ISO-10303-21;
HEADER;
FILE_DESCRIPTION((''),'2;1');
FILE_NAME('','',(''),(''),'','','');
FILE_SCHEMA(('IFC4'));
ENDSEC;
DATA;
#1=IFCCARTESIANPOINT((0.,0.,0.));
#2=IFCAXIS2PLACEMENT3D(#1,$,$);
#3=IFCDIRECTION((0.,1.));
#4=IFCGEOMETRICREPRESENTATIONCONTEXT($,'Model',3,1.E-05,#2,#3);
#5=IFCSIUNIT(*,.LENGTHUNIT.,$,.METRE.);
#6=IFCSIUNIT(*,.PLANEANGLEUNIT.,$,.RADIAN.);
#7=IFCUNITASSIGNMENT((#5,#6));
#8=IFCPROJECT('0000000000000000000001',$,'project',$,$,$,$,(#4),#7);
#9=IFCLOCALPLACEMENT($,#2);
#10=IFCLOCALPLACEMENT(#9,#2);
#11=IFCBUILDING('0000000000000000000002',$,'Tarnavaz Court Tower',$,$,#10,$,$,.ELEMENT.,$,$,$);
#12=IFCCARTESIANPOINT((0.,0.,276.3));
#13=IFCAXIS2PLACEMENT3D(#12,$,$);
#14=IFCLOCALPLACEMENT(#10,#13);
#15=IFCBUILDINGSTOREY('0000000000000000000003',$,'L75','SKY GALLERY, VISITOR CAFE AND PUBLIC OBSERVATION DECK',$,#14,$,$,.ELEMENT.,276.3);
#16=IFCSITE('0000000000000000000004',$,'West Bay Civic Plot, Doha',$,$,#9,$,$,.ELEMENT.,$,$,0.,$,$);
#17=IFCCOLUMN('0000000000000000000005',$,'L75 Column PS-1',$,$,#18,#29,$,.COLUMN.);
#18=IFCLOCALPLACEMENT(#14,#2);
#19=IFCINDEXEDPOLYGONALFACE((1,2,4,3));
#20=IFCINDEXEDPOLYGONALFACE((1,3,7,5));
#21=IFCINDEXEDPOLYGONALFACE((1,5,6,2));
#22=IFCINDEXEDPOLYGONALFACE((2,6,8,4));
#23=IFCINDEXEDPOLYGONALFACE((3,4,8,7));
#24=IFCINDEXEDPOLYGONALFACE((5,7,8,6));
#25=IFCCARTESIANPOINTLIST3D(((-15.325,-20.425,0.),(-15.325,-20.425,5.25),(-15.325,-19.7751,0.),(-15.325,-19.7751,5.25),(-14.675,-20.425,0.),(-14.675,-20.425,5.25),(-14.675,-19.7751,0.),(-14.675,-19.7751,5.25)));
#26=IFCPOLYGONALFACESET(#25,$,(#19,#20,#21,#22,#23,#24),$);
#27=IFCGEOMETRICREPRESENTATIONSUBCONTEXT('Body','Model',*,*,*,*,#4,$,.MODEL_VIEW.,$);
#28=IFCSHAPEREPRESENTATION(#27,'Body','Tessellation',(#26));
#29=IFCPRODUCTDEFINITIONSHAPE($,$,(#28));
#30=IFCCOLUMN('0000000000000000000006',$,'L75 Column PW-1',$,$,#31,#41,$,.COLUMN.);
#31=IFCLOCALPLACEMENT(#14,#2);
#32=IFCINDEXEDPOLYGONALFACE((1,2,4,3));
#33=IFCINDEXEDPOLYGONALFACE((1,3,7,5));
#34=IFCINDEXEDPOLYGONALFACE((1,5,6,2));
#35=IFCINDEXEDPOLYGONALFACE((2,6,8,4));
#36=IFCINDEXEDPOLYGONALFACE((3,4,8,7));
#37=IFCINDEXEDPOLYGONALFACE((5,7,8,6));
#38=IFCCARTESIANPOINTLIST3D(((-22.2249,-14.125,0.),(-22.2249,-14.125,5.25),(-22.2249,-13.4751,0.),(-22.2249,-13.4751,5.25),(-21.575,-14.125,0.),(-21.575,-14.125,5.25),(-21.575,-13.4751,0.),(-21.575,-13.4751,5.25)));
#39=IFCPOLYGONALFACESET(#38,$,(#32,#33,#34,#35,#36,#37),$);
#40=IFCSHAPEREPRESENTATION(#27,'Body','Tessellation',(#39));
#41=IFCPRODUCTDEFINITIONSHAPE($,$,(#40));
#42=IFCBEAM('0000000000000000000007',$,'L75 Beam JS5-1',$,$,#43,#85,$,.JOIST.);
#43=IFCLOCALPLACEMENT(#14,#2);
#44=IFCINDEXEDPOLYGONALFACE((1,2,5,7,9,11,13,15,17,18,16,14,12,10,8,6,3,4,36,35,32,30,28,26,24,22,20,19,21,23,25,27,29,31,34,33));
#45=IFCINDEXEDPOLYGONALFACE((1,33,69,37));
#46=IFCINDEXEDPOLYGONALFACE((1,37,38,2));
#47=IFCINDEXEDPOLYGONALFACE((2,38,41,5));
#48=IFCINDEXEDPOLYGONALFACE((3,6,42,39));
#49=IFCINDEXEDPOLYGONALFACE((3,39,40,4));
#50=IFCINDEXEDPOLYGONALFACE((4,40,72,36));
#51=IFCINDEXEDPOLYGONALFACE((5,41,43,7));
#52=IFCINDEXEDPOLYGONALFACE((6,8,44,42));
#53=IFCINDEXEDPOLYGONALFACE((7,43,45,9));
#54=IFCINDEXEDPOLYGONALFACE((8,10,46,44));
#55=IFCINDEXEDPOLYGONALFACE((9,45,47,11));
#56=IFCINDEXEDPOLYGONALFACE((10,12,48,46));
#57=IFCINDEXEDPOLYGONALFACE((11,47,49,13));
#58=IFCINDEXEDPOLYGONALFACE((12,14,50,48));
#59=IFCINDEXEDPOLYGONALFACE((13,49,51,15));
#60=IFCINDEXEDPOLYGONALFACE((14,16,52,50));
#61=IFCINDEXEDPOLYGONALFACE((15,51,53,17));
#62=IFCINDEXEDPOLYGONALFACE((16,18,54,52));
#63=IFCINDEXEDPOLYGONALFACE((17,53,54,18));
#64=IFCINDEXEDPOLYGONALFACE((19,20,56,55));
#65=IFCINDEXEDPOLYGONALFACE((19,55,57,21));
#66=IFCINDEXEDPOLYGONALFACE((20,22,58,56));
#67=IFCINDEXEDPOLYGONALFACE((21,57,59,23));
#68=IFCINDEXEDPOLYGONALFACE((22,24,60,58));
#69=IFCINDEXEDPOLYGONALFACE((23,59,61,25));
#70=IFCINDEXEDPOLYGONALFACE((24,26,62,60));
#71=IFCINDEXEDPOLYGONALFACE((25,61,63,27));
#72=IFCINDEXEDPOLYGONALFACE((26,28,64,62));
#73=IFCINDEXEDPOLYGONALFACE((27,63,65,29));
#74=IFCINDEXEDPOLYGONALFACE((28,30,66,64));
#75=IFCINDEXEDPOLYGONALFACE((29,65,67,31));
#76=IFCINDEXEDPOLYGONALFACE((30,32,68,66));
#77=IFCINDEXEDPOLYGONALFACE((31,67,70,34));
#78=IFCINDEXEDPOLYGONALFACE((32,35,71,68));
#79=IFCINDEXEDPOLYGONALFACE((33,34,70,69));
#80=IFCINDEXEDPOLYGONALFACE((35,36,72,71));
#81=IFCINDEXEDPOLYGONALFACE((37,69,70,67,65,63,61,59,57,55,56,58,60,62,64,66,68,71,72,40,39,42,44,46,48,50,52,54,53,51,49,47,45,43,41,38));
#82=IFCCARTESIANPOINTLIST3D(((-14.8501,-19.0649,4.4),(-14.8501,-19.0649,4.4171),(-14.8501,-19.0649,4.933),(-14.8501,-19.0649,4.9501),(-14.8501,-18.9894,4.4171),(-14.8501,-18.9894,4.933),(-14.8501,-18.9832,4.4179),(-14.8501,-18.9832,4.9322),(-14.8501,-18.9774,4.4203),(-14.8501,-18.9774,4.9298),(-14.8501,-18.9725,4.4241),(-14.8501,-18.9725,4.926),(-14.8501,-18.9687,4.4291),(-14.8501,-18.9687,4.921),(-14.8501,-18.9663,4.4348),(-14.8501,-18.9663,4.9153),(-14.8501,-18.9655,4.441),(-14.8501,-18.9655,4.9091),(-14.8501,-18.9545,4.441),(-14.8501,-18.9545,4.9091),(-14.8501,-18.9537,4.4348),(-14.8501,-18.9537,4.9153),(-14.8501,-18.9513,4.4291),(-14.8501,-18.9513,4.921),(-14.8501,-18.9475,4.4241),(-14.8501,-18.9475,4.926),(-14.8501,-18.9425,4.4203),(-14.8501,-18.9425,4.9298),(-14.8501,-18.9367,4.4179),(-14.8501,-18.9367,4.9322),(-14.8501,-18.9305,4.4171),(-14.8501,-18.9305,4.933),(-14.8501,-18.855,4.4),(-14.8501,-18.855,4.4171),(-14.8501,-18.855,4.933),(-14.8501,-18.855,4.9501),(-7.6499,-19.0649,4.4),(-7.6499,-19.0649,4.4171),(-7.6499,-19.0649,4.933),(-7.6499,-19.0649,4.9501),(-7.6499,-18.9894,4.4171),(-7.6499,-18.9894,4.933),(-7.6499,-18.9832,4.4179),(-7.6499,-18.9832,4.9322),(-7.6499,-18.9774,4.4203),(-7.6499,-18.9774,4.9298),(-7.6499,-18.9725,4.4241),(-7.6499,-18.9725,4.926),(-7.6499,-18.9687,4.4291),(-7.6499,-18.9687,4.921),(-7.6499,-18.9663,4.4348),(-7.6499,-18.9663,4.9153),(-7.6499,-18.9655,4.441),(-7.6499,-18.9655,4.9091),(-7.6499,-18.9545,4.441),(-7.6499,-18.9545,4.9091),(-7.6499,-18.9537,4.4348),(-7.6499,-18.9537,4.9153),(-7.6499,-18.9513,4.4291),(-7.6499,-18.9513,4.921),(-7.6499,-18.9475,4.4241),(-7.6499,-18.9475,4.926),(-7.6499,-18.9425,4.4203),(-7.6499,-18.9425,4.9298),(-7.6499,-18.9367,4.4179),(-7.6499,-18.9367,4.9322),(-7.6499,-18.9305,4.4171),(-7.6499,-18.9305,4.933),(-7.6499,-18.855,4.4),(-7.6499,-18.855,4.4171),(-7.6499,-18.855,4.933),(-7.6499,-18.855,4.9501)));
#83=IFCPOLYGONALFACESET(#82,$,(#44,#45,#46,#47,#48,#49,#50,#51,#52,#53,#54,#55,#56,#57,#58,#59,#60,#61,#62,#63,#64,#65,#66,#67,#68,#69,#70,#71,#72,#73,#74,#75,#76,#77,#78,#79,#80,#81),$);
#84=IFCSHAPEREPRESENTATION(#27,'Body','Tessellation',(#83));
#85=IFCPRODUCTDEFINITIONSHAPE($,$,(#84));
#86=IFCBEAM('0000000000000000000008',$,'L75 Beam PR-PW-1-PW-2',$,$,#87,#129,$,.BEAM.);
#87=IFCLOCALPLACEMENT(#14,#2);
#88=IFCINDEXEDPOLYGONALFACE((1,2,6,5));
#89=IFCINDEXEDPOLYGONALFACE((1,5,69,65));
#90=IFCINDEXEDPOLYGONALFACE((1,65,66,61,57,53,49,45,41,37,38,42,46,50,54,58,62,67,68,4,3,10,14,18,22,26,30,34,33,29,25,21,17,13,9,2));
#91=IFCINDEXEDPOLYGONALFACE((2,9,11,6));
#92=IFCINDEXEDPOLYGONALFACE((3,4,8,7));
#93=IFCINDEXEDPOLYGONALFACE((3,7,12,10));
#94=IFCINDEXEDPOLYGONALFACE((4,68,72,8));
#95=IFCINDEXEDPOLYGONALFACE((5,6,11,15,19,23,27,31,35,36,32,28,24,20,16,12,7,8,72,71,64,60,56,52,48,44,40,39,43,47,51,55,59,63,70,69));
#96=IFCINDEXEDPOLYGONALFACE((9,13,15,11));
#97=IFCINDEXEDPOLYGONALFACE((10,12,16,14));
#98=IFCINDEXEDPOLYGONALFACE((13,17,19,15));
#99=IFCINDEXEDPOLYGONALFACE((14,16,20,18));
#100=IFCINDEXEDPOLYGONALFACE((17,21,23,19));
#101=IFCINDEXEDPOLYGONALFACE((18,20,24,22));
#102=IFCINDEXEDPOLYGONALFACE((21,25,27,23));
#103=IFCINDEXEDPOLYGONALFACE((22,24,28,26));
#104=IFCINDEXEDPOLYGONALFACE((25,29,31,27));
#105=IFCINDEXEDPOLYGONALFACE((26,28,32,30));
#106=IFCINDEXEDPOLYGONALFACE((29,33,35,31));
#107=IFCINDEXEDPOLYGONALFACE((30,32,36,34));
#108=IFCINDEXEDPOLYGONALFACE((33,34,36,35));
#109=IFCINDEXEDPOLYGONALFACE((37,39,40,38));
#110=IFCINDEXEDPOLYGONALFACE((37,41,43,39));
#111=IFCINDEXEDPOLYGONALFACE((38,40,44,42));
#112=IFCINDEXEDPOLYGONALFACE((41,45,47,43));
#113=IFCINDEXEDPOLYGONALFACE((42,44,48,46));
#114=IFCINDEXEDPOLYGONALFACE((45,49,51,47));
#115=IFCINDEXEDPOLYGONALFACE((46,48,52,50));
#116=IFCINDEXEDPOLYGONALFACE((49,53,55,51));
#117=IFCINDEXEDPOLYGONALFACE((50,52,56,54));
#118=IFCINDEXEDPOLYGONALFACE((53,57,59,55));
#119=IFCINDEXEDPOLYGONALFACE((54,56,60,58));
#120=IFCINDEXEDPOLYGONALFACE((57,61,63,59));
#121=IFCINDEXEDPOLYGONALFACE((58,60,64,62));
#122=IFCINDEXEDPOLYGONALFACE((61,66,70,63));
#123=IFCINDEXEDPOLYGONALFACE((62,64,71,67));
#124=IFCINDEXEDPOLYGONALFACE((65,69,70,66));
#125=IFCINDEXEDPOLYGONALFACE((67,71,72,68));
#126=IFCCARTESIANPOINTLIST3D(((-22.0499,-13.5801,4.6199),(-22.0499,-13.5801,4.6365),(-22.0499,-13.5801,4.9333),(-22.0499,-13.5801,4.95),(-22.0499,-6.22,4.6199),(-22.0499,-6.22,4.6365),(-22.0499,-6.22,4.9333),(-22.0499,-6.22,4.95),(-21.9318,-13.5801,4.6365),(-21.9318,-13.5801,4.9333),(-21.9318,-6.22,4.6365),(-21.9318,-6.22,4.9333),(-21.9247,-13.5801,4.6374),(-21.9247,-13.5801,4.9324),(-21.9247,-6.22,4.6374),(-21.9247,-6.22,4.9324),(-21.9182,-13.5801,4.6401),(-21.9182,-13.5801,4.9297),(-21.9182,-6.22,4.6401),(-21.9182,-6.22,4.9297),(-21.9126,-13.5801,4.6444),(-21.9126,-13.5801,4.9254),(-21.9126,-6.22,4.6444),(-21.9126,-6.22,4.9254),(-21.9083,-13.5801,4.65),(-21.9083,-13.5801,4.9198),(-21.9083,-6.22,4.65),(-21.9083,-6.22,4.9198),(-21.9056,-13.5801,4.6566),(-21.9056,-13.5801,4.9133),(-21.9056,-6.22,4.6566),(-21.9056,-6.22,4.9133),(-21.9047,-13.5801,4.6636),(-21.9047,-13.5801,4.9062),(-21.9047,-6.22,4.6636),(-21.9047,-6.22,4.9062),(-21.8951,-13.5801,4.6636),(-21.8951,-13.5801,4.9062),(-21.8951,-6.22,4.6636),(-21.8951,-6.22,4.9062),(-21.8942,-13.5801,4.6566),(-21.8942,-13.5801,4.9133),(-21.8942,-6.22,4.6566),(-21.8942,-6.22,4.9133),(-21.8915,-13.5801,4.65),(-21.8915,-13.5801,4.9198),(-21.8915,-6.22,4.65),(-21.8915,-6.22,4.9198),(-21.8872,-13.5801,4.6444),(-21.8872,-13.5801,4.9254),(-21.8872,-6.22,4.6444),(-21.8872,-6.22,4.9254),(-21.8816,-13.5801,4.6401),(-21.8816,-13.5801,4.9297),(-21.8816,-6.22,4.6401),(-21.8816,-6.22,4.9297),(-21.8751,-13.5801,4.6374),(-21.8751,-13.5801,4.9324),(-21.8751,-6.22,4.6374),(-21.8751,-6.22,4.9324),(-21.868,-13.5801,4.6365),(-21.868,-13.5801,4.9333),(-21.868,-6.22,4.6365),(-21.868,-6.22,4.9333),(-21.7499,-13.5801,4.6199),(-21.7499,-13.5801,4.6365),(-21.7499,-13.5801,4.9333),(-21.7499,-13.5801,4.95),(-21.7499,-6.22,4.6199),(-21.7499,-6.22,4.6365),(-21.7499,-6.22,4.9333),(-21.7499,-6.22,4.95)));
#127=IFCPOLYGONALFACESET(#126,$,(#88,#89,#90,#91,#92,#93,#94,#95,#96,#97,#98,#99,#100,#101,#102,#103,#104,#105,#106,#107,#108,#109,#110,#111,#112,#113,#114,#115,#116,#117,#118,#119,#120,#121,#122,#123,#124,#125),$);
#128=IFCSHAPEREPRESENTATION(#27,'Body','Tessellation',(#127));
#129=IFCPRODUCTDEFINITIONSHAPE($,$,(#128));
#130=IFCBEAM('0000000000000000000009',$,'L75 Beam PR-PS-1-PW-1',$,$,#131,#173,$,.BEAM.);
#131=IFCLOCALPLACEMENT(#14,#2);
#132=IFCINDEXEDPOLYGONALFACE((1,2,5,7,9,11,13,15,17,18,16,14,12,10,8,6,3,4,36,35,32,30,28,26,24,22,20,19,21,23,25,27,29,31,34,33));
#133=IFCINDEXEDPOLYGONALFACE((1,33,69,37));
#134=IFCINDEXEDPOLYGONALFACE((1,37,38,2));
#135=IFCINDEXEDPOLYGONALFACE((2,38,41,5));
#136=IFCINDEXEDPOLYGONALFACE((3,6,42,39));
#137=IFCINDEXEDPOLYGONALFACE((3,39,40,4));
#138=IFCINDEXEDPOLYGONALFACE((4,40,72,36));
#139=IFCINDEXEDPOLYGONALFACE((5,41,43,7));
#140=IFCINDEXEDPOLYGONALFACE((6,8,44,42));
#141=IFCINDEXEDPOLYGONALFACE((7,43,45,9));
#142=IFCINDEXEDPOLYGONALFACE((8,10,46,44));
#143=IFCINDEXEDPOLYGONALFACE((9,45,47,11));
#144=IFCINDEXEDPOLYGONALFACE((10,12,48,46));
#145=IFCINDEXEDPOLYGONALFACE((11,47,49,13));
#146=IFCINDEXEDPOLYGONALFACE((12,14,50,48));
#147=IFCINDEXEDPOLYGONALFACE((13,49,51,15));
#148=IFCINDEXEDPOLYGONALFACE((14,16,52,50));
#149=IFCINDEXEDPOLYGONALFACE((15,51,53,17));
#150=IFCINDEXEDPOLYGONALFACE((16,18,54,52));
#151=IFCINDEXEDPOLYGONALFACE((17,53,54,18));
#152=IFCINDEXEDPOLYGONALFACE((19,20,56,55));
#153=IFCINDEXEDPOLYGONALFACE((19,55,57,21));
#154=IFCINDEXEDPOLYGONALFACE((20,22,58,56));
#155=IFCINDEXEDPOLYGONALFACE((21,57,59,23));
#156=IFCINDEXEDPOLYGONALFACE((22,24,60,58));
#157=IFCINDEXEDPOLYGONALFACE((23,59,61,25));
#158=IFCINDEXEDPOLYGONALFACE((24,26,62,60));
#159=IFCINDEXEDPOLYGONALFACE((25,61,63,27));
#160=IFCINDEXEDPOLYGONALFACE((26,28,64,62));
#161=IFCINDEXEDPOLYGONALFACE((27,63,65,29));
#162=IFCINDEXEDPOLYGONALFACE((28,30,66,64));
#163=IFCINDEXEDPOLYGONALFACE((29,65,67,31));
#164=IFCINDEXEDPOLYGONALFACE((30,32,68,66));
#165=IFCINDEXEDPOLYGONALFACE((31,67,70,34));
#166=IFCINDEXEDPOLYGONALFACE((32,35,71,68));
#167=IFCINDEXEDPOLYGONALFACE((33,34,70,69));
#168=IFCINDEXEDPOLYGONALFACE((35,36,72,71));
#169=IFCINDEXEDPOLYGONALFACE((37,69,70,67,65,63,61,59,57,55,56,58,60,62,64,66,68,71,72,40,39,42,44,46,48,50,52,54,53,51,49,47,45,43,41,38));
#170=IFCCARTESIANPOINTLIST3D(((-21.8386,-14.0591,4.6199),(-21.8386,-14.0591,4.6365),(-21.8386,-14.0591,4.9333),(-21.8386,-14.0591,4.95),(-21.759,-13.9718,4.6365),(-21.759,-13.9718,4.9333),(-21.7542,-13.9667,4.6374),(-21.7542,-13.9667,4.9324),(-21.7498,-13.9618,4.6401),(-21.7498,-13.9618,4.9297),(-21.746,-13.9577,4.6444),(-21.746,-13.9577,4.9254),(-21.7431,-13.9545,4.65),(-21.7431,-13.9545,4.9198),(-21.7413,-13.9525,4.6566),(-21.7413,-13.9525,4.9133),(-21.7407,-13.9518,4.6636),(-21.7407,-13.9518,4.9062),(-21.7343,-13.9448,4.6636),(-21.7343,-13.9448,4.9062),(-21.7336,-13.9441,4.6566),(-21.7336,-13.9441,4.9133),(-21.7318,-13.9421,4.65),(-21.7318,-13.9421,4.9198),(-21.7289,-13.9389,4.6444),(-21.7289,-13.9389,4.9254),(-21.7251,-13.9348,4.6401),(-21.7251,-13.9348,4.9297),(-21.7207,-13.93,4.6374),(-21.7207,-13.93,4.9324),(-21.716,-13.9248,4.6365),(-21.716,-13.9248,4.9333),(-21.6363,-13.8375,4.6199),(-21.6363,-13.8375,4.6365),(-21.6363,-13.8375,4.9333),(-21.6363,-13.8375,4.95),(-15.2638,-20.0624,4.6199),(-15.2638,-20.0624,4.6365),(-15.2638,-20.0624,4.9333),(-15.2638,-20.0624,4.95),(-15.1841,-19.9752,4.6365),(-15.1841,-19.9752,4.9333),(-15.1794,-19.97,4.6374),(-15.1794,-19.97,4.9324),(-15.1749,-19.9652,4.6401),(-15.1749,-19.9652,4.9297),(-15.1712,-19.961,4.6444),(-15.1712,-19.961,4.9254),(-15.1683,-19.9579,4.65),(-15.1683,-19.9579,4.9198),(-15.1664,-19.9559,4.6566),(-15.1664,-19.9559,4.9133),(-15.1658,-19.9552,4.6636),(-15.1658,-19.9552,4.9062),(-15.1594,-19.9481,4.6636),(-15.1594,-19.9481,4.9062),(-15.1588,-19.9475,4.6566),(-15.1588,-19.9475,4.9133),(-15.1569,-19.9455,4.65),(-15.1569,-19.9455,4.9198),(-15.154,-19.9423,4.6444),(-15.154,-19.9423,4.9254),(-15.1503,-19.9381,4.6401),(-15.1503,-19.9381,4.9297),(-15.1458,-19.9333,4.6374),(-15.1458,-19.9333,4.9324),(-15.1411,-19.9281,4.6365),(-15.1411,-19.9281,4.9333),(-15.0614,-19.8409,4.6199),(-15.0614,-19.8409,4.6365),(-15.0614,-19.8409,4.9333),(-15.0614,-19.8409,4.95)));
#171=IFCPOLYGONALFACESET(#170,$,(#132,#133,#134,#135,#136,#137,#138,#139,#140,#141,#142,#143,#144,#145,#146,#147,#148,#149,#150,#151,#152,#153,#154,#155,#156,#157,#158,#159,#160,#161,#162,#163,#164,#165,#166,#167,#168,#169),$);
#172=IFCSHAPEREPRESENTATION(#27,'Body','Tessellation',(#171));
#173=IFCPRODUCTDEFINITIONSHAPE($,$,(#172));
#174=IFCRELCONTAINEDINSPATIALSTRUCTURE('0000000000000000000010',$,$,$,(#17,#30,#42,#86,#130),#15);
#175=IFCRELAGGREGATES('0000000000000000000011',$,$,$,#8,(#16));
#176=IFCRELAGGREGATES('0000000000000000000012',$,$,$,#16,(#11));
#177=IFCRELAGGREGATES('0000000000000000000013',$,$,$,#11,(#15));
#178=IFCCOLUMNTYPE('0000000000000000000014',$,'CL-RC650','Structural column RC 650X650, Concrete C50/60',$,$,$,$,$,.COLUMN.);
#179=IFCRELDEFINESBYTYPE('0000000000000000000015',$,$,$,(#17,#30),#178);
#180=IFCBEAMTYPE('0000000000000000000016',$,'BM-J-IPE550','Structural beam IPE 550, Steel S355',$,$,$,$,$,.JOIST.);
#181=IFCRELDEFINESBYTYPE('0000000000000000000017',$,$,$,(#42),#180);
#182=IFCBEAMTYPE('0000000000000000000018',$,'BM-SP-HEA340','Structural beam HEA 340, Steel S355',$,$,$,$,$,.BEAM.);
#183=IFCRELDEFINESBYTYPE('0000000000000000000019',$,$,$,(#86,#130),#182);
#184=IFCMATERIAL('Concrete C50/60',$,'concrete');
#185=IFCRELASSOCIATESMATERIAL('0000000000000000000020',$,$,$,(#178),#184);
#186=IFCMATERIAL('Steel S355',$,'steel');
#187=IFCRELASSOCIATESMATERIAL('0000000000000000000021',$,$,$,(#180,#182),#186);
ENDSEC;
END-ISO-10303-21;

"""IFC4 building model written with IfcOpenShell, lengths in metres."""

from ifc_helpers import new_model, si_unit, direction, frame, origin, origin_2d, place, context, subcontext, project, spatial, rectangle, i_section, extrude, material, material_profile, profile_set, type_object, element, save


model = new_model("IFC4")

# Units and contexts
model_context = context("Model", 3, precision=1e-05, world=origin(), true_north=direction((0.0, 1.0)))
body_context = subcontext(model_context, "Body", "Model", "MODEL_VIEW")
ifc_project = project(units=[si_unit("LENGTHUNIT", "METRE"), si_unit("PLANEANGLEUNIT", "RADIAN")], contexts=[model_context])

# Site, building, storey
site_placement = place(None, origin())
site = spatial("IfcSite", under=ifc_project, at=site_placement, Name="West Bay Civic Plot, Doha", CompositionType="ELEMENT", RefElevation=0.0)
building_placement = place(site_placement, origin())
building = spatial("IfcBuilding", under=site, at=building_placement, Name="Tarnavaz Court Tower", CompositionType="ELEMENT")
storey_placement = place(building_placement, frame((0.0, 0.0, 276.3)))
storey = spatial("IfcBuildingStorey", under=building, at=storey_placement, Name="L75", Description="SKY GALLERY, VISITOR CAFE AND PUBLIC OBSERVATION DECK", CompositionType="ELEMENT", Elevation=276.3)

# Columns
ifc_material_1 = material(Name="Concrete C50/60", Category="concrete")
ifc_material_profile_1 = material_profile(ifc_material_1, rectangle(XDim=0.6499, YDim=0.6499, at=origin_2d()), Name="RC 650X650")
ifc_profile_set_1 = profile_set([ifc_material_profile_1], Name="Concrete C50/60")
column_type = type_object("IfcColumnType", Name="CL-RC650", Description="Structural column RC 650X650, Concrete C50/60", PredefinedType="COLUMN", material=ifc_profile_set_1)
for number, where, z_axis, x_axis, name in (
    (1, (-15.0, -20.1001, 0.0), (0.0, 0.0, 1.0), (1.0, 0.0, 0.0), "L75 Column PS-1"),
    (2, (-21.8999, -13.8, 0.0), (0.0, 0.0, 1.0), (1.0, 0.0, 0.0), "L75 Column PW-1"),
):
    element("IfcColumn", number, at=place(storey_placement, frame(where, z_axis=z_axis, x_axis=x_axis)), inside=storey, type_object=column_type, Name=name, PredefinedType="COLUMN", context=body_context, shape_type="SweptSolid", body=[
        extrude(rectangle(XDim=0.6499, YDim=0.6499, at=origin_2d()), origin(), (0.0, 0.0, 1.0), 5.25),
    ])

# Beams
ifc_material_2 = material(Name="Steel S355", Category="steel")
ifc_material_profile_2 = material_profile(ifc_material_2, i_section(OverallWidth=0.21, OverallDepth=0.55, WebThickness=0.011, FlangeThickness=0.0171, FilletRadius=0.0239, at=origin_2d()), Name="IPE 550")
ifc_profile_set_2 = profile_set([ifc_material_profile_2], Name="Steel S355")
beam_type_1 = type_object("IfcBeamType", Name="BM-J-IPE550", Description="Structural beam IPE 550, Steel S355", PredefinedType="JOIST", material=ifc_profile_set_2)
beam_1_placement = place(storey_placement, frame((-14.8501, -18.96, 4.675), z_axis=(1.0, 0.0, 0.0), x_axis=(0.0, 1.0, 0.0)))
element("IfcBeam", 3, at=beam_1_placement, inside=storey, type_object=beam_type_1, Name="L75 Beam JS5-1", PredefinedType="JOIST", context=body_context, shape_type="SweptSolid", body=[
    extrude(i_section(OverallWidth=0.21, OverallDepth=0.55, WebThickness=0.011, FlangeThickness=0.0171, FilletRadius=0.0239, at=origin_2d()), origin(), (0.0, 0.0, 1.0), 7.2002),
])
ifc_material_profile_3 = material_profile(ifc_material_2, i_section(OverallWidth=0.3, OverallDepth=0.3301, WebThickness=0.0095, FlangeThickness=0.0166, FilletRadius=0.0271, at=origin_2d()), Name="HEA 340")
ifc_profile_set_3 = profile_set([ifc_material_profile_3], Name="Steel S355")
beam_type_2 = type_object("IfcBeamType", Name="BM-SP-HEA340", Description="Structural beam HEA 340, Steel S355", PredefinedType="BEAM", material=ifc_profile_set_3)
beam_2_placement = place(storey_placement, frame((-21.8999, -13.5801, 4.7849), z_axis=(0.0, 1.0, 0.0), x_axis=(-1.0, 0.0, 0.0)))
element("IfcBeam", 4, at=beam_2_placement, inside=storey, type_object=beam_type_2, Name="L75 Beam PR-PW-1-PW-2", PredefinedType="BEAM", context=body_context, shape_type="SweptSolid", body=[
    extrude(i_section(OverallWidth=0.3, OverallDepth=0.3301, WebThickness=0.0095, FlangeThickness=0.0166, FilletRadius=0.0271, at=origin_2d()), origin(), (0.0, 0.0, 1.0), 7.3601),
])
beam_3_placement = place(storey_placement, frame((-15.1626, -19.9517, 4.7849), z_axis=(-0.738474, 0.674282, 0.0), x_axis=(-0.674282, -0.738474, 0.0)))
element("IfcBeam", 5, at=beam_3_placement, inside=storey, type_object=beam_type_2, Name="L75 Beam PR-PS-1-PW-1", PredefinedType="BEAM", context=body_context, shape_type="SweptSolid", body=[
    extrude(i_section(OverallWidth=0.3, OverallDepth=0.3301, WebThickness=0.0095, FlangeThickness=0.0166, FilletRadius=0.0271, at=origin_2d()), origin(), (0.0, 0.0, 1.0), 8.9033),
])

save(model, "model.ifc")
